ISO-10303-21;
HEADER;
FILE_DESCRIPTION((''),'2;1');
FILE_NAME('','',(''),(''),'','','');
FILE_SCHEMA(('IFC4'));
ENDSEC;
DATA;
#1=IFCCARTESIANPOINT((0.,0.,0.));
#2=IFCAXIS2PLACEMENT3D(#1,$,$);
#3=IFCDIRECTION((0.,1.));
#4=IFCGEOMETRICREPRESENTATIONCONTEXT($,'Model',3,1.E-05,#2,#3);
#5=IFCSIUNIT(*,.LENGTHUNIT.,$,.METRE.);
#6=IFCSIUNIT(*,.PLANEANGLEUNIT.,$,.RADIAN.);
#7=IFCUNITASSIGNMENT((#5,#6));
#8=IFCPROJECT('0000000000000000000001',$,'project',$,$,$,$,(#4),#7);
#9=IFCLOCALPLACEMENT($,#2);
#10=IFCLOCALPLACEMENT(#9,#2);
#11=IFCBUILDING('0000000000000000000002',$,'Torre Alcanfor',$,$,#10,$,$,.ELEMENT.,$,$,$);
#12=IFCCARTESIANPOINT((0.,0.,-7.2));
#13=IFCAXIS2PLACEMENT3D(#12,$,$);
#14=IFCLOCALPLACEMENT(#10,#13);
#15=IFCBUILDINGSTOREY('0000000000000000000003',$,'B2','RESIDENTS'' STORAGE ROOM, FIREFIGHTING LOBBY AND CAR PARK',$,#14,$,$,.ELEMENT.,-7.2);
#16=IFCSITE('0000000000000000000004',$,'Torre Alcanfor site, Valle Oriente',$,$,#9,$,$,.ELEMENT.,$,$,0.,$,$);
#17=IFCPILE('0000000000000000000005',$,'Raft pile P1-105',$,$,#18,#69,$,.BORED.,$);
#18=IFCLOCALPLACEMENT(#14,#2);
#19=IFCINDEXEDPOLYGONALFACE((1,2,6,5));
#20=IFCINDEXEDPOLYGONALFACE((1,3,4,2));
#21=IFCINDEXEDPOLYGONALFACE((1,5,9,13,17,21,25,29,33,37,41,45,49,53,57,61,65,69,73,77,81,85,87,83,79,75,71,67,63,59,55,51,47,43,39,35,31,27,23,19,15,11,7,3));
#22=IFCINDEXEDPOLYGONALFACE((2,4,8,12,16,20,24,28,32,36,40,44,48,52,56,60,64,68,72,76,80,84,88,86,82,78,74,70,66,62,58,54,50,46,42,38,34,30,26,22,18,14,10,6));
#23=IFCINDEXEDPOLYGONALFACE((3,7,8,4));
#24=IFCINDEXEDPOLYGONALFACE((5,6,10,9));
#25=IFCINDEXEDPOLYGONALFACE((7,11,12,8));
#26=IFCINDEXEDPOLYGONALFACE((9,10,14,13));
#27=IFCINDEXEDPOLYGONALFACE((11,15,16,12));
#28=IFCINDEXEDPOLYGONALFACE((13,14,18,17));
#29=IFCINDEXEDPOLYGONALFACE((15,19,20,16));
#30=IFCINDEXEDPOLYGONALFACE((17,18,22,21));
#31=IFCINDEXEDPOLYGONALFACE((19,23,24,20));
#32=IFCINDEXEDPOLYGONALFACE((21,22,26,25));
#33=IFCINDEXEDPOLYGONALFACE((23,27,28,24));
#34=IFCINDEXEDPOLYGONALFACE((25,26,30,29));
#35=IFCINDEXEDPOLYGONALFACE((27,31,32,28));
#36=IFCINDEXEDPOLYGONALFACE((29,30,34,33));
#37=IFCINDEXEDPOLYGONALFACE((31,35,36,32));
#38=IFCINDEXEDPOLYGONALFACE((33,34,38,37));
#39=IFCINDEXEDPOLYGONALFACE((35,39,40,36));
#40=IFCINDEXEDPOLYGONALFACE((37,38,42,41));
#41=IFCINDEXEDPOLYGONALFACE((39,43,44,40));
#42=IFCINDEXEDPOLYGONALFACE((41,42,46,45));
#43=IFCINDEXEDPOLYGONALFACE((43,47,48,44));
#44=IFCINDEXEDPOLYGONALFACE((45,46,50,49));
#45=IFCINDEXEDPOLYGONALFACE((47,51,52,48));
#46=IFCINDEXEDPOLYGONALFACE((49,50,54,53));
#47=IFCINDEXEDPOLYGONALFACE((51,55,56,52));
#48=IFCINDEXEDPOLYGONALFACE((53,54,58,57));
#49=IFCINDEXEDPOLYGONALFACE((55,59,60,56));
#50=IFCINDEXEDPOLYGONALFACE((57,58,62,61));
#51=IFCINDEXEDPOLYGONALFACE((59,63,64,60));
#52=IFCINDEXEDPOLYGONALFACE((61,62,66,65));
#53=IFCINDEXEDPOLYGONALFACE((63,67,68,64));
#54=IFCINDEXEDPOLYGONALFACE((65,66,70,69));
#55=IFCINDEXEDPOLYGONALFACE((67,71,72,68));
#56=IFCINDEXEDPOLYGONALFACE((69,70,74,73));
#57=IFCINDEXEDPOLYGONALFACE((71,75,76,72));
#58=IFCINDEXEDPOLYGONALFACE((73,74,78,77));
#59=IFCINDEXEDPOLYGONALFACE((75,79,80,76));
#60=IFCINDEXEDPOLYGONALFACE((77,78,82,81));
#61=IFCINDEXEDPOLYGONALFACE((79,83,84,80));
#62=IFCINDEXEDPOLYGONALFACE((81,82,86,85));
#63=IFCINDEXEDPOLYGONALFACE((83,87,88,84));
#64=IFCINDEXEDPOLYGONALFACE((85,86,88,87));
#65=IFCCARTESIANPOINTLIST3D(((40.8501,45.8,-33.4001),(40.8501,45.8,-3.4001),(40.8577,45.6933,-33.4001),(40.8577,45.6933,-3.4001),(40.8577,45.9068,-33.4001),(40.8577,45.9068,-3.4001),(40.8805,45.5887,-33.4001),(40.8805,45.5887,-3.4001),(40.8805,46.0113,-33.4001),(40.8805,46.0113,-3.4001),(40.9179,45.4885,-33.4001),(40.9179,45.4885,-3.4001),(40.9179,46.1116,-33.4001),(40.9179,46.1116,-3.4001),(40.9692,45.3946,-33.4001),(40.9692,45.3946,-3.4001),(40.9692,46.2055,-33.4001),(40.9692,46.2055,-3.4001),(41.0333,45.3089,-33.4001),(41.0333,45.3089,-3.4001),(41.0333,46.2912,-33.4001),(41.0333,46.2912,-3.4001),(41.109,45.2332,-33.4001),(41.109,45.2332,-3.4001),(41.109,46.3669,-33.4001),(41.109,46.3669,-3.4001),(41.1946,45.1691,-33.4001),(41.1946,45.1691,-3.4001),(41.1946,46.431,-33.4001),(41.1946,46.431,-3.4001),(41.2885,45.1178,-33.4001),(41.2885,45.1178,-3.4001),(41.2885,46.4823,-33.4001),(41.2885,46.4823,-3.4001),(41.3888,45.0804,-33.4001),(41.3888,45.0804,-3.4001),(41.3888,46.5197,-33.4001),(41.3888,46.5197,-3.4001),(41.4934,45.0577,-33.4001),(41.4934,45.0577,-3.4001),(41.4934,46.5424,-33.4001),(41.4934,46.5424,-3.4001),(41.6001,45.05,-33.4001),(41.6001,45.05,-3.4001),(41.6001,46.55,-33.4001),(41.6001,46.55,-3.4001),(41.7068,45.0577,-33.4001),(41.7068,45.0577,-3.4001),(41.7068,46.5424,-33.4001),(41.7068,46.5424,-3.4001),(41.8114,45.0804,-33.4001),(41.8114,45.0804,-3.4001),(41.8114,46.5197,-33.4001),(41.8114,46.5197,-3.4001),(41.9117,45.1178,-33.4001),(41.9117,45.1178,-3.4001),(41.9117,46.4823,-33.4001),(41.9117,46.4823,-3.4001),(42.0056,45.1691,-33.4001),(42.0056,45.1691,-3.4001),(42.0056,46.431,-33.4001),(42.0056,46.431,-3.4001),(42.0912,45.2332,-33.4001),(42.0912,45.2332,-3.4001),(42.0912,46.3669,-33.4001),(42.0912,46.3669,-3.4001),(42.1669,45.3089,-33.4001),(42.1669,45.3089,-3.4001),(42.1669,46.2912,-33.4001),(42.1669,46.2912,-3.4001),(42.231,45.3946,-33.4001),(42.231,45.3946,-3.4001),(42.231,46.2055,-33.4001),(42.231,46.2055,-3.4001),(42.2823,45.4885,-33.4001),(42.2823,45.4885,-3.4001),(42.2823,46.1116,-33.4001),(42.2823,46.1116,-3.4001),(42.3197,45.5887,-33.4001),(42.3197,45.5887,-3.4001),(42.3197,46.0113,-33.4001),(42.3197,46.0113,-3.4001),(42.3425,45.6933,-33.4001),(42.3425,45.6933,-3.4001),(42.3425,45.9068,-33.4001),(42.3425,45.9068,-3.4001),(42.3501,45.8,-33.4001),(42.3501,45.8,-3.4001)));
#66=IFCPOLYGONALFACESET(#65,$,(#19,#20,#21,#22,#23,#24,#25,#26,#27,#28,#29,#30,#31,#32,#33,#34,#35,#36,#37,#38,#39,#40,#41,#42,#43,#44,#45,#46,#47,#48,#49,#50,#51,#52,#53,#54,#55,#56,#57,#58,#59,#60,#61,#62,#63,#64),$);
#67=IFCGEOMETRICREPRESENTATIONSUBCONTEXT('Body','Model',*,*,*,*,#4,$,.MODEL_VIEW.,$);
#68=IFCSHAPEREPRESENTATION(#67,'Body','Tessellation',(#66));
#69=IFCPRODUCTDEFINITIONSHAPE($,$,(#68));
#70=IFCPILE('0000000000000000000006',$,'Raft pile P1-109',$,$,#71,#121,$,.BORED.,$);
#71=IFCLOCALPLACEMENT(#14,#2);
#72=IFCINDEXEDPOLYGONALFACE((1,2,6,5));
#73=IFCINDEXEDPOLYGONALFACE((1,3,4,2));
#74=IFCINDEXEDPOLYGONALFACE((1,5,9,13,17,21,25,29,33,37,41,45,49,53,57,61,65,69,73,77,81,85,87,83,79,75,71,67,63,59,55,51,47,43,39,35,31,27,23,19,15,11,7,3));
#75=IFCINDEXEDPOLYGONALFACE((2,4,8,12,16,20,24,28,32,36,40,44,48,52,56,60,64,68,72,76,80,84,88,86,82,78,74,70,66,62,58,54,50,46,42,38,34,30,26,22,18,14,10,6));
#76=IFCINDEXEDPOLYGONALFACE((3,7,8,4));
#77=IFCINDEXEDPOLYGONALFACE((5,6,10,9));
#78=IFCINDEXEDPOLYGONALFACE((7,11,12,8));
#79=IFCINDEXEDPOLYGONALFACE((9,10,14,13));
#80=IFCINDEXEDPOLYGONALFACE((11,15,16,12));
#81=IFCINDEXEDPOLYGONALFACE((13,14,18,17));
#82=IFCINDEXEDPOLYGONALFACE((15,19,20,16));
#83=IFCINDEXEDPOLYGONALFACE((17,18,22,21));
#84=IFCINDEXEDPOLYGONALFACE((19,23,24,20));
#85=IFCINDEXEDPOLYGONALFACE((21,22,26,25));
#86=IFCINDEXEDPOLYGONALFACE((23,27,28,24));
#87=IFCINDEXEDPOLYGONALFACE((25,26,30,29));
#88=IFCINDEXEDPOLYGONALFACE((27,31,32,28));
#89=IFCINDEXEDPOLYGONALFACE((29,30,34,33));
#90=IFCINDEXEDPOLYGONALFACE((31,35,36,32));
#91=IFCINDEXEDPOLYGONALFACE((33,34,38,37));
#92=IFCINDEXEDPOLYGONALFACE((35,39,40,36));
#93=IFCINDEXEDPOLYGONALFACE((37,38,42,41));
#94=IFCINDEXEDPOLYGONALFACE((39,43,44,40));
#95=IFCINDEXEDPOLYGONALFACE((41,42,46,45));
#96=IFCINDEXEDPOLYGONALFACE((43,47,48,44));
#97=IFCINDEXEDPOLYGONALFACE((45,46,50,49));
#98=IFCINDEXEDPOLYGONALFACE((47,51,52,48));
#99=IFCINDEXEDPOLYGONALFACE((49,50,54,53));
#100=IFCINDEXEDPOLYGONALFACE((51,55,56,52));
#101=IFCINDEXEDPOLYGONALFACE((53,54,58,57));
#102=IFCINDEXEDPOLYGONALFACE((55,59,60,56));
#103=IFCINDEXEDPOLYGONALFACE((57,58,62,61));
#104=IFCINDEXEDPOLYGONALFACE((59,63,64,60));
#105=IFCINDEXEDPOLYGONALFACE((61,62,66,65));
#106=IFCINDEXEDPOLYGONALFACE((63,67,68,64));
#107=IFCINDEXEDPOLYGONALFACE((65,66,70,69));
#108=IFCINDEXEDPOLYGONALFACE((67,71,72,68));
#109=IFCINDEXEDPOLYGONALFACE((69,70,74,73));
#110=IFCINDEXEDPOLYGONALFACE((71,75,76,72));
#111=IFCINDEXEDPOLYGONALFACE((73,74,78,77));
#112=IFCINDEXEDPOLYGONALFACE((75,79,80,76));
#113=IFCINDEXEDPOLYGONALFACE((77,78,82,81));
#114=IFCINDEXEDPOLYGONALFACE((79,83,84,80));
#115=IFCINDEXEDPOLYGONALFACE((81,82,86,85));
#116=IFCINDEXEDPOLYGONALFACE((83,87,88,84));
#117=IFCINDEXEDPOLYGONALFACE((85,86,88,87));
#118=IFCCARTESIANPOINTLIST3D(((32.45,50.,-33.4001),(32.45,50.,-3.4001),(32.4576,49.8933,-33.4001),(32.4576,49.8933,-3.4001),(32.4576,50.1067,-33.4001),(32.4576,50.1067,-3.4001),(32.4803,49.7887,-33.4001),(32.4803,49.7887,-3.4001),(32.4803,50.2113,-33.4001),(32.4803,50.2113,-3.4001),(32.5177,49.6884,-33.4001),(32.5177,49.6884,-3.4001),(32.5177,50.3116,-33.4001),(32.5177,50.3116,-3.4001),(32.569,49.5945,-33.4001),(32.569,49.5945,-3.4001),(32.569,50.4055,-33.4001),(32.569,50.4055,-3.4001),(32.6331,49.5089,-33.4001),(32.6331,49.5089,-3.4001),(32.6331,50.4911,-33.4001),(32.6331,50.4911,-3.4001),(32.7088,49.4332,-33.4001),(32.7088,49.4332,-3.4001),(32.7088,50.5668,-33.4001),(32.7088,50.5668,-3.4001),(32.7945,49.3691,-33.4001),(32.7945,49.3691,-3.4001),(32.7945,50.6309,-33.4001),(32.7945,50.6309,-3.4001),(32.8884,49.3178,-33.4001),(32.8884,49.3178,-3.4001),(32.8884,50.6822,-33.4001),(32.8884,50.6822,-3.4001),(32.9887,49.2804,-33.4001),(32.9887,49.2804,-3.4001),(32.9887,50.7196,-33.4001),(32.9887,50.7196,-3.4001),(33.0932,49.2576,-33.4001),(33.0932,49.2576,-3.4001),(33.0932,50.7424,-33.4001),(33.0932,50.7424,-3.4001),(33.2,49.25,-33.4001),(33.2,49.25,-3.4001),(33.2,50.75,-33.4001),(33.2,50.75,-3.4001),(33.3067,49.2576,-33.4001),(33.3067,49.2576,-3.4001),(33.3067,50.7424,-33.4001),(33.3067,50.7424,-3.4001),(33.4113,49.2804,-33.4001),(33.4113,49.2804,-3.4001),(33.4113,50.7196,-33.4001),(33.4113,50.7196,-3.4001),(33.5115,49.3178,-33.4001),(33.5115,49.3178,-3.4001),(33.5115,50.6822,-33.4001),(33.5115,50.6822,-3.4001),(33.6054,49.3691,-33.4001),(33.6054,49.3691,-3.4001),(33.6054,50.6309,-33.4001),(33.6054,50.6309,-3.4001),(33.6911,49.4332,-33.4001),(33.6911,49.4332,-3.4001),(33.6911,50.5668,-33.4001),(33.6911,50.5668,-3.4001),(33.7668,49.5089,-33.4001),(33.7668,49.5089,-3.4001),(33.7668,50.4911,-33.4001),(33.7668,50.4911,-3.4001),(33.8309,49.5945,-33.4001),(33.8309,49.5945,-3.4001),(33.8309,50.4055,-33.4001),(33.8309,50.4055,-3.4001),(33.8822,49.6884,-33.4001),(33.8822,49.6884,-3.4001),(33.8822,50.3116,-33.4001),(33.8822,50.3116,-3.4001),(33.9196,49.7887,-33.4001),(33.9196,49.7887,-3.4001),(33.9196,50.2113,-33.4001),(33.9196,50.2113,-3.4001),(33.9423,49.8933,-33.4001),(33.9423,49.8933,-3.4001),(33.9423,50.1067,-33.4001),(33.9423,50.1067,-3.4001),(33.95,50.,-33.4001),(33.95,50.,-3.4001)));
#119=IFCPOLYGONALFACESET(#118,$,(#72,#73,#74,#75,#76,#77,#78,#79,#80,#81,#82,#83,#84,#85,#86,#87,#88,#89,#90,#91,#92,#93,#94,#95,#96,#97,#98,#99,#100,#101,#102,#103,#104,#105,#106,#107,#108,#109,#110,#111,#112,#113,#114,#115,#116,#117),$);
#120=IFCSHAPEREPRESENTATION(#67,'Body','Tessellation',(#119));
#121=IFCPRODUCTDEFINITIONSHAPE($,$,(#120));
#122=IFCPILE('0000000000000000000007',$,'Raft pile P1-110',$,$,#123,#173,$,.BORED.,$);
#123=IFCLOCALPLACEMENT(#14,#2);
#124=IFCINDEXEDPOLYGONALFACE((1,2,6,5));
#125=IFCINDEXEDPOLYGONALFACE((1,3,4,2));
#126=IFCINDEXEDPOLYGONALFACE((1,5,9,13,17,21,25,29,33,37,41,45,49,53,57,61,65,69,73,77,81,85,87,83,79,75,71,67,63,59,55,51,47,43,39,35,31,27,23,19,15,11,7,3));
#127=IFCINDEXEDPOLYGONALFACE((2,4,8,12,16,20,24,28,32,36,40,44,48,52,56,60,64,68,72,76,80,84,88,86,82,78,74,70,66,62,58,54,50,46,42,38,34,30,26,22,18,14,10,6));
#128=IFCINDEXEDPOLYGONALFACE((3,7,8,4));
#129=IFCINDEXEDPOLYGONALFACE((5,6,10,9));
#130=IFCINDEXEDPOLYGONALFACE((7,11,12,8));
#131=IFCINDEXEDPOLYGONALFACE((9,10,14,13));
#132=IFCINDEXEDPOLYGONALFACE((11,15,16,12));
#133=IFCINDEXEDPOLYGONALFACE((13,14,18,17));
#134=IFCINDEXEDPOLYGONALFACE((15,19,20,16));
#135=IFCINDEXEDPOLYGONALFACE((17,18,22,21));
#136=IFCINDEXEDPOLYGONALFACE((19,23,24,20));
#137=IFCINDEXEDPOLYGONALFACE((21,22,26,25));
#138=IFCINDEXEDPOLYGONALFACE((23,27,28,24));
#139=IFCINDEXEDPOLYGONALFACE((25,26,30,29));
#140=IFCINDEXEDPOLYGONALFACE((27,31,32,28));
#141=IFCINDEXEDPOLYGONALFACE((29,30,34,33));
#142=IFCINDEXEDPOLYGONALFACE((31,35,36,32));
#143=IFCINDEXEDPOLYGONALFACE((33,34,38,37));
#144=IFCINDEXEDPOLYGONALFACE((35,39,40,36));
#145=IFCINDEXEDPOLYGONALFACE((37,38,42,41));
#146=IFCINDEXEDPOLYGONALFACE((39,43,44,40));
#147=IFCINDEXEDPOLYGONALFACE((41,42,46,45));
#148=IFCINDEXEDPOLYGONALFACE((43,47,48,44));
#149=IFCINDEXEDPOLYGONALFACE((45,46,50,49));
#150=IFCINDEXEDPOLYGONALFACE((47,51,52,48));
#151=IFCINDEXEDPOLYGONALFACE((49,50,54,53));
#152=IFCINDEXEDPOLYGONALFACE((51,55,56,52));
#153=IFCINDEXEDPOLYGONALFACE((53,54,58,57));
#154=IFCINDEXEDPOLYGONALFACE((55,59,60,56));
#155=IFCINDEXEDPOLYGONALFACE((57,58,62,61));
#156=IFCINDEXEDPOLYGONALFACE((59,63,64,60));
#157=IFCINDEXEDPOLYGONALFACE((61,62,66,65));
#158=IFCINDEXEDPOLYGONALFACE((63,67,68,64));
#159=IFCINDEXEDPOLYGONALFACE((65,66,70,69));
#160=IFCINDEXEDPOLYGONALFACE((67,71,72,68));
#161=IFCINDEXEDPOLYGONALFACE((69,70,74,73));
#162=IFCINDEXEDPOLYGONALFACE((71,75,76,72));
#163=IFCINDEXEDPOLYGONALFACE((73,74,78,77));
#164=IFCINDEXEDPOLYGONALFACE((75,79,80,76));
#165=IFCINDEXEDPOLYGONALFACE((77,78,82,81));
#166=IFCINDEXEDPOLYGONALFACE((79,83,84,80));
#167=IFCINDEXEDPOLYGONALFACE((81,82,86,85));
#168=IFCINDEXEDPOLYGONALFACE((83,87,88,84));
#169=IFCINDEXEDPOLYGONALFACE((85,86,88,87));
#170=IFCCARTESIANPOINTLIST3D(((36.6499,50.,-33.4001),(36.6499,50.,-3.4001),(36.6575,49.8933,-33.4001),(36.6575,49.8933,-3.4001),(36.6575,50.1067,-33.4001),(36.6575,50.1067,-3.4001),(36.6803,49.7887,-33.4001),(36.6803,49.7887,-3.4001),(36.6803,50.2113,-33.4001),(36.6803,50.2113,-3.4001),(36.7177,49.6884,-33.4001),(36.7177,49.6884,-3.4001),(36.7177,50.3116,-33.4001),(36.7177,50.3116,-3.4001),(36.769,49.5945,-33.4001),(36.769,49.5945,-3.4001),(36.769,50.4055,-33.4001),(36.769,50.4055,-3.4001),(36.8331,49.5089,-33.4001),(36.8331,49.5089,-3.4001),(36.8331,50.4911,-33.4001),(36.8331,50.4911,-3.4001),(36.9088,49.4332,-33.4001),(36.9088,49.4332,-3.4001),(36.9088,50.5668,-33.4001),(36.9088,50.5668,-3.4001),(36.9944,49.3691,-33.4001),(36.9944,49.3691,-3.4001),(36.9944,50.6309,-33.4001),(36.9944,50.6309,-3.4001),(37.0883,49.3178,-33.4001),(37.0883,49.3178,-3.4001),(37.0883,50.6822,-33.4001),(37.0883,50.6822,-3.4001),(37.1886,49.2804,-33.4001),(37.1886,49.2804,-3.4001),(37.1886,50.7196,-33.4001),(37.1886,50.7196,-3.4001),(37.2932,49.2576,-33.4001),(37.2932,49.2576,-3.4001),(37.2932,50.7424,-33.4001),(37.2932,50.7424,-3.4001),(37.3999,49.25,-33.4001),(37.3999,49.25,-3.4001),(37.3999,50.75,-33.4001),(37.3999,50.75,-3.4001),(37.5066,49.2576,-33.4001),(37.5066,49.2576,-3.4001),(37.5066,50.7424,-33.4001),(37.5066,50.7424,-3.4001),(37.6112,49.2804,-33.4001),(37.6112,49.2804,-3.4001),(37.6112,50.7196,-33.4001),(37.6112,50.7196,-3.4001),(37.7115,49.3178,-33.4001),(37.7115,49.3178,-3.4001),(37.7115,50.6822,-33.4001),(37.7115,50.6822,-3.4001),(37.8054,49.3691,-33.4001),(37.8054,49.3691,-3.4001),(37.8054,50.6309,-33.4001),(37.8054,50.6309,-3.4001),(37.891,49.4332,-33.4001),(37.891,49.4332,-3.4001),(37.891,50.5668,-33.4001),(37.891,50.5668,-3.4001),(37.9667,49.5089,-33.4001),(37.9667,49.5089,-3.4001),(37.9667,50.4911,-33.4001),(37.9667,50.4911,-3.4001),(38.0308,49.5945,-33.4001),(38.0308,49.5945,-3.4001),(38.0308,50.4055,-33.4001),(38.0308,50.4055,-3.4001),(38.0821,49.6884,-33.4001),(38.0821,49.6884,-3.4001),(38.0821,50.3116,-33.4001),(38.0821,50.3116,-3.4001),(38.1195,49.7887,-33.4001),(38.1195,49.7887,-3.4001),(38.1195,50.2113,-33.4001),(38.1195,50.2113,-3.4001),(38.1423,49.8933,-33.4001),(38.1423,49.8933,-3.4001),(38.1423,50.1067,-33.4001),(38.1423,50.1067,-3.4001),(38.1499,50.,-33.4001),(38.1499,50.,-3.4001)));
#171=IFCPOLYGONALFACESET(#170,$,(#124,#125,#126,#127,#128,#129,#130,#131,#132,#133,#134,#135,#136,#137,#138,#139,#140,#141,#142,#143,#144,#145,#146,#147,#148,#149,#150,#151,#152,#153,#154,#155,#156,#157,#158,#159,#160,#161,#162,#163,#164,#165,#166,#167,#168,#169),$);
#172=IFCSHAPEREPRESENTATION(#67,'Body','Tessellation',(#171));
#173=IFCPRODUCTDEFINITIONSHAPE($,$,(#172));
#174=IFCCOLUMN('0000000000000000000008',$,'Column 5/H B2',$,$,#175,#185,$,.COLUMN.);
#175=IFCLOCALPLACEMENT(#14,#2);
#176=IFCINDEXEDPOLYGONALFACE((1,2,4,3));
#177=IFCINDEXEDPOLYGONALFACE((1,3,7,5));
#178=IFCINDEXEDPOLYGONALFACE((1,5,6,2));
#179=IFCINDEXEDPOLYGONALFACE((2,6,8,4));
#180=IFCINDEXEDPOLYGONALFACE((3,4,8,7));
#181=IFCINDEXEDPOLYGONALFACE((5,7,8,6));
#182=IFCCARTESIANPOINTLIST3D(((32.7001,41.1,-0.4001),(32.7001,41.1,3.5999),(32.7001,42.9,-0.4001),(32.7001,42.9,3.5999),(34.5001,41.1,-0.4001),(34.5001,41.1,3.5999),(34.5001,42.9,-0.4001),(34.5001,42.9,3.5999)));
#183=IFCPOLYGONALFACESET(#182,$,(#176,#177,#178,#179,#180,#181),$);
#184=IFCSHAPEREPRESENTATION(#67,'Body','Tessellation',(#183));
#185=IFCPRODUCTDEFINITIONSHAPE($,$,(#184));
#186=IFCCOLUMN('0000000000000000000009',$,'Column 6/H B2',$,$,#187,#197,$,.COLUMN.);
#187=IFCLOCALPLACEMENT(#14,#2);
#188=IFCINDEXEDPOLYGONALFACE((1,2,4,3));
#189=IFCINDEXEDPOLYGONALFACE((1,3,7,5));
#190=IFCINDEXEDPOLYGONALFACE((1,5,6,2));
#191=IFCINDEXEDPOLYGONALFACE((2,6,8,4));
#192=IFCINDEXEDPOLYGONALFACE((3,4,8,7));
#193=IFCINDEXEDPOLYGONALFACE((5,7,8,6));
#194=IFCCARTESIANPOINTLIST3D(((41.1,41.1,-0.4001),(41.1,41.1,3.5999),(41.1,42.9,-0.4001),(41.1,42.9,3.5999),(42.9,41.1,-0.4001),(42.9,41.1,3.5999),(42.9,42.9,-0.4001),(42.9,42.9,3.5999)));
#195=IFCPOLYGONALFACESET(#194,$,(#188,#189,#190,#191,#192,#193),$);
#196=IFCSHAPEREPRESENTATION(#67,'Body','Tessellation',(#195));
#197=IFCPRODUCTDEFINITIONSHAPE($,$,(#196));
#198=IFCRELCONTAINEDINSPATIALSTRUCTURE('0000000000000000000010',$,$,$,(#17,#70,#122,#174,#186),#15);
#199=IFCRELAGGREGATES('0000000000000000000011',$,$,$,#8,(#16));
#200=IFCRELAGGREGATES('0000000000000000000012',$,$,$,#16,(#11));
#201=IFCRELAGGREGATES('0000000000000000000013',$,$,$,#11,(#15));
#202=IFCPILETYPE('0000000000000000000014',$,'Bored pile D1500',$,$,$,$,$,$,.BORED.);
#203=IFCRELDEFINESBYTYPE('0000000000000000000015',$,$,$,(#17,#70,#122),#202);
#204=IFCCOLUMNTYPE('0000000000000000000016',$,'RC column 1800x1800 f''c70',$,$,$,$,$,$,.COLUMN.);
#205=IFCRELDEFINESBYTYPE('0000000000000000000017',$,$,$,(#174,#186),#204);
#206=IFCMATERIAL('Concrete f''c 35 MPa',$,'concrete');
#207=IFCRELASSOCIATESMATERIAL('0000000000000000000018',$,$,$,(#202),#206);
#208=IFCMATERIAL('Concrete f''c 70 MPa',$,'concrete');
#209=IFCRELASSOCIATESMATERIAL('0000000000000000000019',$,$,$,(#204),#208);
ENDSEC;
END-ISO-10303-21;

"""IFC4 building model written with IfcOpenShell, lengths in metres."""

from ifc_helpers import new_model, si_unit, direction, frame, origin, origin_2d, place, context, subcontext, project, spatial, rectangle, circle, extrude, material, material_profile, profile_set, type_object, element, save


model = new_model("IFC4")

# Units and contexts
model_context = context("Model", 3, precision=1e-05, world=origin(), true_north=direction((0.0, 1.0)))
body_context = subcontext(model_context, "Body", "Model", "MODEL_VIEW")
ifc_project = project(units=[si_unit("LENGTHUNIT", "METRE"), si_unit("PLANEANGLEUNIT", "RADIAN")], contexts=[model_context])

# Site, building, storey
site_placement = place(None, origin())
site = spatial("IfcSite", under=ifc_project, at=site_placement, Name="Torre Alcanfor site, Valle Oriente", CompositionType="ELEMENT", RefElevation=0.0)
building_placement = place(site_placement, origin())
building = spatial("IfcBuilding", under=site, at=building_placement, Name="Torre Alcanfor", CompositionType="ELEMENT")
storey_placement = place(building_placement, frame((0.0, 0.0, -7.2)))
storey = spatial("IfcBuildingStorey", under=building, at=storey_placement, Name="B2", Description="RESIDENTS' STORAGE ROOM, FIREFIGHTING LOBBY AND CAR PARK", CompositionType="ELEMENT", Elevation=-7.2)

# Piles
ifc_material_1 = material(Name="Concrete f'c 35 MPa", Category="concrete")
ifc_material_profile_1 = material_profile(ifc_material_1, circle(Radius=0.75, at=origin_2d()), Name="D1500")
ifc_profile_set_1 = profile_set([ifc_material_profile_1], Name="Concrete f'c 35 MPa")
pile_type = type_object("IfcPileType", Name="Bored pile D1500", PredefinedType="BORED", material=ifc_profile_set_1)
for number, where, z_axis, x_axis, name in (
    (1, (41.6001, 45.8, -3.4001), (0.0, 0.0, -1.0), (1.0, 0.0, 0.0), "Raft pile P1-105"),
    (2, (33.2, 50.0, -3.4001), (0.0, 0.0, -1.0), (1.0, 0.0, 0.0), "Raft pile P1-109"),
    (3, (37.3999, 50.0, -3.4001), (0.0, 0.0, -1.0), (1.0, 0.0, 0.0), "Raft pile P1-110"),
):
    element("IfcPile", number, at=place(storey_placement, frame(where, z_axis=z_axis, x_axis=x_axis)), inside=storey, type_object=pile_type, Name=name, PredefinedType="BORED", context=body_context, shape_type="SweptSolid", body=[
        extrude(circle(Radius=0.75, at=origin_2d()), origin(), (0.0, 0.0, 1.0), 30.0),
    ])

# Columns
ifc_material_2 = material(Name="Concrete f'c 70 MPa", Category="concrete")
ifc_material_profile_2 = material_profile(ifc_material_2, rectangle(XDim=1.8, YDim=1.8, at=origin_2d()), Name="1800x1800")
ifc_profile_set_2 = profile_set([ifc_material_profile_2], Name="Concrete f'c 70 MPa")
column_type = type_object("IfcColumnType", Name="RC column 1800x1800 f'c70", PredefinedType="COLUMN", material=ifc_profile_set_2)
for number, where, z_axis, x_axis, name in (
    (4, (33.6001, 42.0, -0.4001), (0.0, 0.0, 1.0), (1.0, 0.0, 0.0), "Column 5/H B2"),
    (5, (42.0, 42.0, -0.4001), (0.0, 0.0, 1.0), (1.0, 0.0, 0.0), "Column 6/H B2"),
):
    element("IfcColumn", number, at=place(storey_placement, frame(where, z_axis=z_axis, x_axis=x_axis)), inside=storey, type_object=column_type, Name=name, PredefinedType="COLUMN", context=body_context, shape_type="SweptSolid", body=[
        extrude(rectangle(XDim=1.8, YDim=1.8, at=origin_2d()), origin(), (0.0, 0.0, 1.0), 4.0),
    ])

save(model, "model.ifc")
